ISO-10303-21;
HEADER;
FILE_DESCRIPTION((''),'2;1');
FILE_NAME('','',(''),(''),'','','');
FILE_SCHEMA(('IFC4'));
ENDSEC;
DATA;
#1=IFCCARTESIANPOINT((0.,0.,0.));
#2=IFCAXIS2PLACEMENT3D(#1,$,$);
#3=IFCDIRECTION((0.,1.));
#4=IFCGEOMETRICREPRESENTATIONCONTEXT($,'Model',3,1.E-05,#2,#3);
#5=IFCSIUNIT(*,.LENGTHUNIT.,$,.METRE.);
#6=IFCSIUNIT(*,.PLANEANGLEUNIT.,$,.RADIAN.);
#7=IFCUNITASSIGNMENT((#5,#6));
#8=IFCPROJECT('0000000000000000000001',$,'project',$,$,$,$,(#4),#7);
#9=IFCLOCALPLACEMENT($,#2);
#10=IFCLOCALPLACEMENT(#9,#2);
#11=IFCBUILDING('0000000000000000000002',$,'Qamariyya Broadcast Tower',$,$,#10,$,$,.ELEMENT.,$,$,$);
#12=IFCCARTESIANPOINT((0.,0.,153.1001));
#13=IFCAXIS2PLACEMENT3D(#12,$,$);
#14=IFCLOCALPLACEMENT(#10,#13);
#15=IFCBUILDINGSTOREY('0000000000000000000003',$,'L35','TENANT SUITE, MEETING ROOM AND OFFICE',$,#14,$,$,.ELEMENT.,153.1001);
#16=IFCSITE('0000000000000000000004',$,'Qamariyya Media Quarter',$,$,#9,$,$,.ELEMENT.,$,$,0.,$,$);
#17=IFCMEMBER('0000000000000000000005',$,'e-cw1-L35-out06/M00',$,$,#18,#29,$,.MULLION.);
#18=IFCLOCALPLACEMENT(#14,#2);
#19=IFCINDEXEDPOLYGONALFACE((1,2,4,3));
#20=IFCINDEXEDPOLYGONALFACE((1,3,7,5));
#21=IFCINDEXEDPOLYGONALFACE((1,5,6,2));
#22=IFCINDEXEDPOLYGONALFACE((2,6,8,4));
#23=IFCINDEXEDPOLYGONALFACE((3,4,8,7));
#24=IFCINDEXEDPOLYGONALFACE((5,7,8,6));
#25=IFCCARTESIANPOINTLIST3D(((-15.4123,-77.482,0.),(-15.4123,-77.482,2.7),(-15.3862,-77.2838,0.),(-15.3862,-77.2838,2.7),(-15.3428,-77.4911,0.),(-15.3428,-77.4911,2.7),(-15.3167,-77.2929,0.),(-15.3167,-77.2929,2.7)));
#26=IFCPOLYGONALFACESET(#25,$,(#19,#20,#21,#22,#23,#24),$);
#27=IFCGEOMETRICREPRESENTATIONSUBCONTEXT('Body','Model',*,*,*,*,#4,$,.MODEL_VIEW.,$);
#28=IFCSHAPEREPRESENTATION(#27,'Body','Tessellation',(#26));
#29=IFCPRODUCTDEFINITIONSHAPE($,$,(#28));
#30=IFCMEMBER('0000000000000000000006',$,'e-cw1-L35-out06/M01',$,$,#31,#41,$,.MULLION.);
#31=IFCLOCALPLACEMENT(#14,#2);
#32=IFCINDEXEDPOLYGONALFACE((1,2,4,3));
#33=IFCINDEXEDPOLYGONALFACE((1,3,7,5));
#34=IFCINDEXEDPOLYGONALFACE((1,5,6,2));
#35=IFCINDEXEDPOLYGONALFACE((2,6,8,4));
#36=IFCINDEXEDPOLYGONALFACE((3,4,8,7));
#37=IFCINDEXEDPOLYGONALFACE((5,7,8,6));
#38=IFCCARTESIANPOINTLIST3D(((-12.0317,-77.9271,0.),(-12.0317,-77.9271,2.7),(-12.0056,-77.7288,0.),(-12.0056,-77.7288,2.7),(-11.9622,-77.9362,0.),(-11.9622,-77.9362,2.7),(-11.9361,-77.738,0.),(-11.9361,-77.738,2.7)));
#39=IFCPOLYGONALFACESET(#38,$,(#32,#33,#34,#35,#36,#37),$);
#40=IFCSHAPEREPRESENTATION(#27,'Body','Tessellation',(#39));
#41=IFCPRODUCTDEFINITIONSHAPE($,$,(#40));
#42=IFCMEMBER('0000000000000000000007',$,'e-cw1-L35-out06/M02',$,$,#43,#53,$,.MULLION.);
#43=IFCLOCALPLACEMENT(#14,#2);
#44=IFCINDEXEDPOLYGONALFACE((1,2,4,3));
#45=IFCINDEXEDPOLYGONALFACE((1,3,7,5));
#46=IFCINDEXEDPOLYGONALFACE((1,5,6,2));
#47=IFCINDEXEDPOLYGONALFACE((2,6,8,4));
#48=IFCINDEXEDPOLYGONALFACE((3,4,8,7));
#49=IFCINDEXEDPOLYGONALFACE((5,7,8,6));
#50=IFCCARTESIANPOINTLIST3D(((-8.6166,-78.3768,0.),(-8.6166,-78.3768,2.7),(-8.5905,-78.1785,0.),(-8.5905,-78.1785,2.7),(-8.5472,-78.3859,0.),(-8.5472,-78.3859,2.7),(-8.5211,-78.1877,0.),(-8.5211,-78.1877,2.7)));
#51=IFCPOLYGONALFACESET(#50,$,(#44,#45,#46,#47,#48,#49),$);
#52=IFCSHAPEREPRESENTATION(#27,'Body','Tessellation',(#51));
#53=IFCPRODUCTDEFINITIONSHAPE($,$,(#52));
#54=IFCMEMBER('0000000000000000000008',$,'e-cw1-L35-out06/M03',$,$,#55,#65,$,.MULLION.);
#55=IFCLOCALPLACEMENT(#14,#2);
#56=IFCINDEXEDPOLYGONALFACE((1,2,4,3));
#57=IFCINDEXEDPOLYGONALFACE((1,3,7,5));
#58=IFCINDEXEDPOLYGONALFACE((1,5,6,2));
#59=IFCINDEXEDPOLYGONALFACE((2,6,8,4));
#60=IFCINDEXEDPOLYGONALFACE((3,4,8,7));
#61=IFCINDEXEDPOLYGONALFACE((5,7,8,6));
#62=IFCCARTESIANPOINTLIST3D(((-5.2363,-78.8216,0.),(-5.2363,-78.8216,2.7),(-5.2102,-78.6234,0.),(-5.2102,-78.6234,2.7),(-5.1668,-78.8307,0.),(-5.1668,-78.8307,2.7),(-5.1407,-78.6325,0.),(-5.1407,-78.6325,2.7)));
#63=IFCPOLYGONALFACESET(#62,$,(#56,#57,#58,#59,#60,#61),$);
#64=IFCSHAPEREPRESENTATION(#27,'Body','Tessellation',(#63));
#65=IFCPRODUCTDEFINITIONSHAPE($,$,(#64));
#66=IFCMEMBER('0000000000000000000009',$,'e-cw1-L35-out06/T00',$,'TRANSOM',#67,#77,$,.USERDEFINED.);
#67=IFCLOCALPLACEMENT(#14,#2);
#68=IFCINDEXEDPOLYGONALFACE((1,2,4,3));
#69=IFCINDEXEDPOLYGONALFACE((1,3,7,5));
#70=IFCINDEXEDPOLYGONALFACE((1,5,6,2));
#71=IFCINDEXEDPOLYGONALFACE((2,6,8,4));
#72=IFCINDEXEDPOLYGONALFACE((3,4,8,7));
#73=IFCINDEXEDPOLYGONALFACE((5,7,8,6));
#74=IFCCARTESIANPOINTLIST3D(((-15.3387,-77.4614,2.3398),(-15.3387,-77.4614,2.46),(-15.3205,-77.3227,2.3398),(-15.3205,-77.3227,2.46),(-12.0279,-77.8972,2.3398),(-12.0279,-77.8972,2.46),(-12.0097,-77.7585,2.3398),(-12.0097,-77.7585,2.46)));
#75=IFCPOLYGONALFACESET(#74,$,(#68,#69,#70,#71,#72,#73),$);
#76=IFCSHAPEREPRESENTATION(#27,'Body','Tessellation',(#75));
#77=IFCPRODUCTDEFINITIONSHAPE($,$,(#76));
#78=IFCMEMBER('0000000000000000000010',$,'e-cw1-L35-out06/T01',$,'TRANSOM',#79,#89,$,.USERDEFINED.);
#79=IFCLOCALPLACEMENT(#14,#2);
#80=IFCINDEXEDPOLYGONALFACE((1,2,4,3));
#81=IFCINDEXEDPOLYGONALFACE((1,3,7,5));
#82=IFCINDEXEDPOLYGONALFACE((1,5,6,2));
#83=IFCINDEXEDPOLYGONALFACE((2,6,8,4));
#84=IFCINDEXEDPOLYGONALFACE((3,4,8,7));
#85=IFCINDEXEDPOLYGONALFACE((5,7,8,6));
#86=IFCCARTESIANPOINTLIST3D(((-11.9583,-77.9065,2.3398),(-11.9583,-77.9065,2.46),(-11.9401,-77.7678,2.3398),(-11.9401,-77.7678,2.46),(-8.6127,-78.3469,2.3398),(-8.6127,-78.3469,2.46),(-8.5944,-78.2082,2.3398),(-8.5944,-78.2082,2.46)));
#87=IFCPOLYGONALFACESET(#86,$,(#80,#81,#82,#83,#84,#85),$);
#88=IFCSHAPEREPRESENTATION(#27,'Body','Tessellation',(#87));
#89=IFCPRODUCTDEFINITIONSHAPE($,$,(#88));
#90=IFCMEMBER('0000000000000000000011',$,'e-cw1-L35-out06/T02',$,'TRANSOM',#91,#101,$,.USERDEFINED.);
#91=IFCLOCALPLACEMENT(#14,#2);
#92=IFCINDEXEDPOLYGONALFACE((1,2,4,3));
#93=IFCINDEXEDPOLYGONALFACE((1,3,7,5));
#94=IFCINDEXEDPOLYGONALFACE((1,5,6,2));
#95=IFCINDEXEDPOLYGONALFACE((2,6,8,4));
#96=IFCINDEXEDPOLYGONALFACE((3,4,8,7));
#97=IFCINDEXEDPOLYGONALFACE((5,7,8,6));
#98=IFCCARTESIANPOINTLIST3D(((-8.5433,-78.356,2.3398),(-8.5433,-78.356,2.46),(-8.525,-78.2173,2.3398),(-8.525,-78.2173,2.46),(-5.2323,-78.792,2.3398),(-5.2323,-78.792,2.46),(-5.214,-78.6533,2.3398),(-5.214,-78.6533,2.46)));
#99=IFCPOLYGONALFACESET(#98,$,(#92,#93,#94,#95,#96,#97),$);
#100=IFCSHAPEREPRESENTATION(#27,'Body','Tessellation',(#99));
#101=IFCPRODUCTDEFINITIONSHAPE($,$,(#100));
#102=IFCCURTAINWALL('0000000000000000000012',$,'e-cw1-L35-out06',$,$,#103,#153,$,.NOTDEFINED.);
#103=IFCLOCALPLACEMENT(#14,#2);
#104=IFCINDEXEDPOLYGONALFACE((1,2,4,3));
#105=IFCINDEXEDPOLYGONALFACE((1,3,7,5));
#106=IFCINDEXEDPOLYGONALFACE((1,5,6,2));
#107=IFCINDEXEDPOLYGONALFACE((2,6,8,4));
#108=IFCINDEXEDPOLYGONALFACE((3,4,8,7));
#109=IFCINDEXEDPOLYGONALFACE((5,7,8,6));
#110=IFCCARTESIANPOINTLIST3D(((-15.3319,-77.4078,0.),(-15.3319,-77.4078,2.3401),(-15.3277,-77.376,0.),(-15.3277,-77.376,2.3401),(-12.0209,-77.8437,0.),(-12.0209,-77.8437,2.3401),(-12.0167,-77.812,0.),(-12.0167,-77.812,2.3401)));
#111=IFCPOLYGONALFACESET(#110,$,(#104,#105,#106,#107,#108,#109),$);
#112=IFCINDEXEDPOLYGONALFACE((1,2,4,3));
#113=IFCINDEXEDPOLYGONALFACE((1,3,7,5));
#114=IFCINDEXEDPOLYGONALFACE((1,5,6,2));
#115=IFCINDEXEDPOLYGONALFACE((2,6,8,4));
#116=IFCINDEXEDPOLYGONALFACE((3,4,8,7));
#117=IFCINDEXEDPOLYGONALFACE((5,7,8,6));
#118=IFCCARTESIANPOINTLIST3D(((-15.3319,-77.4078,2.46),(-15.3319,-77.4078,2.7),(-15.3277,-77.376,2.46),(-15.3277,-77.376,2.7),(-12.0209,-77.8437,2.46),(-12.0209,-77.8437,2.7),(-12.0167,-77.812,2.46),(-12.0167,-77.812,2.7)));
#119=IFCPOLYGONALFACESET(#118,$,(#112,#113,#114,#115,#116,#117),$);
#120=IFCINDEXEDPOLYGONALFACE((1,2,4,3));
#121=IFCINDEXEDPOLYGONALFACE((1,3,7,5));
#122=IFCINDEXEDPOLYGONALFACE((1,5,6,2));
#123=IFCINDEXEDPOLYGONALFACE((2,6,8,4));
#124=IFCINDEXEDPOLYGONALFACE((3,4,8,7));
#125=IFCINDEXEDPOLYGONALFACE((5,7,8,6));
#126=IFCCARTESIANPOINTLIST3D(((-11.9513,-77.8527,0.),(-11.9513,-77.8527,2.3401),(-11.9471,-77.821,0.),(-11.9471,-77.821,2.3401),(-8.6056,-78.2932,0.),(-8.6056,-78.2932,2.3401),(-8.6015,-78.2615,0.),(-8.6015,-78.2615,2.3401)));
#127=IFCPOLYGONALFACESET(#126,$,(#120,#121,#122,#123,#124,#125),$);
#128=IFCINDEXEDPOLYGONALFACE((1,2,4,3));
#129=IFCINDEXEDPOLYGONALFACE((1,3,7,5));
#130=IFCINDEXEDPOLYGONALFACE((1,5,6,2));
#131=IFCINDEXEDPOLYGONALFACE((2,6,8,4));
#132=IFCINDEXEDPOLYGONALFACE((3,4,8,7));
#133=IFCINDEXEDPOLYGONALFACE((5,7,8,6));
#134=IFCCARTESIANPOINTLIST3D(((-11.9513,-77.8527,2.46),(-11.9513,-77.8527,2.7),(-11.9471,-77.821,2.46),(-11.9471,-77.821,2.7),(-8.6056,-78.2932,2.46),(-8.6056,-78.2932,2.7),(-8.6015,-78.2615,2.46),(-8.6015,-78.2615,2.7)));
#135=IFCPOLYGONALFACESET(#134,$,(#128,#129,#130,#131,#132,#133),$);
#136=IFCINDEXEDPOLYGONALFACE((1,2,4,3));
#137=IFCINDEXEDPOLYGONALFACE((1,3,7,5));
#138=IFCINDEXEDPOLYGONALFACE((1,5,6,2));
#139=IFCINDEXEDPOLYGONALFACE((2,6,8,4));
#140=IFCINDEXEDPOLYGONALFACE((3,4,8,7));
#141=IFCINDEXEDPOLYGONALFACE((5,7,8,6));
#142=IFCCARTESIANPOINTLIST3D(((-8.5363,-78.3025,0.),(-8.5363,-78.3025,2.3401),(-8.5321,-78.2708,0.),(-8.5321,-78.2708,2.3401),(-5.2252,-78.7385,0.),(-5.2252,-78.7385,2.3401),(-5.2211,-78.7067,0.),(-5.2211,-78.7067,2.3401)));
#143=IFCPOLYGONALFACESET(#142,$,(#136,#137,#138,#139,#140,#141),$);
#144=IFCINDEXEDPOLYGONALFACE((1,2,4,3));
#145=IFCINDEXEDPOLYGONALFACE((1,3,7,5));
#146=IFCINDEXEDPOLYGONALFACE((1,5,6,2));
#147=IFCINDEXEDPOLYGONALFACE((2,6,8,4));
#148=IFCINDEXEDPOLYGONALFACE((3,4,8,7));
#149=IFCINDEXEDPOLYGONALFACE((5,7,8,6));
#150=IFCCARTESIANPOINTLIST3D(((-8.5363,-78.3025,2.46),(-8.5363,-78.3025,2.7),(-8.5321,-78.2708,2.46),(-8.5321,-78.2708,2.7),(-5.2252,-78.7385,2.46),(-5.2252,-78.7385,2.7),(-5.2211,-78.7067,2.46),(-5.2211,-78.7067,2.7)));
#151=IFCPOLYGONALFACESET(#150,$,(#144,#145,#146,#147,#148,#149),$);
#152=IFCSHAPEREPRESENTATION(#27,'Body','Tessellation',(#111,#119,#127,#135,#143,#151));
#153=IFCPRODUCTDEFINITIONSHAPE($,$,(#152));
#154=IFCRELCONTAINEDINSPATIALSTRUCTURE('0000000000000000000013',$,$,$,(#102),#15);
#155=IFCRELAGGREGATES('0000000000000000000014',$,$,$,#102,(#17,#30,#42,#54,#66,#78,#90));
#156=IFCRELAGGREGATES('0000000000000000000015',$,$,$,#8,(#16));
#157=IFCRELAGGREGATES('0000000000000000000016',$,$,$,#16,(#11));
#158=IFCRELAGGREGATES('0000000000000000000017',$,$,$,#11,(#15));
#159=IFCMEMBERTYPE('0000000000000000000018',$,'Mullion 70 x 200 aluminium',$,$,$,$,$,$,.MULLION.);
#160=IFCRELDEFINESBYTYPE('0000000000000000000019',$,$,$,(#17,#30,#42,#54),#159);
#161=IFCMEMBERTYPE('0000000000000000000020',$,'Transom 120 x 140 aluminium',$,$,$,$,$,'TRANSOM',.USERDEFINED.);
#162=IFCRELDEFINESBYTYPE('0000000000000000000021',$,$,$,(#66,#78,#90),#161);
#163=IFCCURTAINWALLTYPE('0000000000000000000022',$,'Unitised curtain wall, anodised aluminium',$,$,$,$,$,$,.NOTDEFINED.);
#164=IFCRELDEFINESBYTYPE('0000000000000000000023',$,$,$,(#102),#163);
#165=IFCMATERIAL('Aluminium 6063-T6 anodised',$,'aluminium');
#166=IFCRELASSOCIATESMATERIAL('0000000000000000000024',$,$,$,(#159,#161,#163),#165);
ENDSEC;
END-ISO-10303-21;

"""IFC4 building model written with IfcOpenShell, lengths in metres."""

from ifc_helpers import new_model, si_unit, direction, frame, origin, origin_2d, place, context, subcontext, project, spatial, rectangle, extrude, material, material_profile, profile_set, type_object, element, aggregate, save


model = new_model("IFC4")

# Units and contexts
model_context = context("Model", 3, precision=1e-05, world=origin(), true_north=direction((0.0, 1.0)))
body_context = subcontext(model_context, "Body", "Model", "MODEL_VIEW")
ifc_project = project(units=[si_unit("LENGTHUNIT", "METRE"), si_unit("PLANEANGLEUNIT", "RADIAN")], contexts=[model_context])

# Members
ifc_material = material(Name="Aluminium 6063-T6 anodised", Category="aluminium")
ifc_material_profile_1 = material_profile(ifc_material, rectangle(XDim=0.2, YDim=0.0701, at=origin_2d()))
ifc_profile_set_1 = profile_set([ifc_material_profile_1], Name="Aluminium 6063-T6 anodised")
member_type_1 = type_object("IfcMemberType", Name="Mullion 70 x 200 aluminium", PredefinedType="MULLION", material=ifc_profile_set_1)
site_placement = place(None, origin())
building_placement = place(site_placement, origin())
storey_placement = place(building_placement, frame((0.0, 0.0, 153.1001)))
member_1_placement = place(storey_placement, frame((-15.3645, -77.3875, 0.0), z_axis=(0.0, 0.0, 1.0), x_axis=(0.130526, 0.991445, 0.0)))
member_1 = element("IfcMember", 1, at=member_1_placement, type_object=member_type_1, Name="e-cw1-L35-out06/M00", PredefinedType="MULLION", context=body_context, shape_type="SweptSolid", body=[
    extrude(rectangle(XDim=0.2, YDim=0.0701, at=origin_2d()), origin(), (0.0, 0.0, 1.0), 2.7),
])
member_2_placement = place(storey_placement, frame((-11.9839, -77.8325, 0.0), z_axis=(0.0, 0.0, 1.0), x_axis=(0.130526, 0.991445, 0.0)))
member_2 = element("IfcMember", 2, at=member_2_placement, type_object=member_type_1, Name="e-cw1-L35-out06/M01", PredefinedType="MULLION", context=body_context, shape_type="SweptSolid", body=[
    extrude(rectangle(XDim=0.2, YDim=0.0701, at=origin_2d()), origin(), (0.0, 0.0, 1.0), 2.7),
])
member_3_placement = place(storey_placement, frame((-8.5688, -78.2822, 0.0), z_axis=(0.0, 0.0, 1.0), x_axis=(0.130526, 0.991445, 0.0)))
member_3 = element("IfcMember", 3, at=member_3_placement, type_object=member_type_1, Name="e-cw1-L35-out06/M02", PredefinedType="MULLION", context=body_context, shape_type="SweptSolid", body=[
    extrude(rectangle(XDim=0.2, YDim=0.0701, at=origin_2d()), origin(), (0.0, 0.0, 1.0), 2.7),
])
member_4_placement = place(storey_placement, frame((-5.1885, -78.7271, 0.0), z_axis=(0.0, 0.0, 1.0), x_axis=(0.130526, 0.991445, 0.0)))
member_4 = element("IfcMember", 4, at=member_4_placement, type_object=member_type_1, Name="e-cw1-L35-out06/M03", PredefinedType="MULLION", context=body_context, shape_type="SweptSolid", body=[
    extrude(rectangle(XDim=0.2, YDim=0.0701, at=origin_2d()), origin(), (0.0, 0.0, 1.0), 2.7),
])
ifc_material_profile_2 = material_profile(ifc_material, rectangle(XDim=0.1399, YDim=0.1201, at=origin_2d()))
ifc_profile_set_2 = profile_set([ifc_material_profile_2], Name="Aluminium 6063-T6 anodised")
member_type_2 = type_object("IfcMemberType", Name="Transom 120 x 140 aluminium", ElementType="TRANSOM", PredefinedType="USERDEFINED", material=ifc_profile_set_2)
member_5_placement = place(storey_placement, frame((-15.3296, -77.3921, 2.3999), z_axis=(0.991448, -0.130502, 0.0), x_axis=(0.130502, 0.991448, 0.0)))
member_5 = element("IfcMember", 5, at=member_5_placement, type_object=member_type_2, Name="e-cw1-L35-out06/T00", ObjectType="TRANSOM", PredefinedType="USERDEFINED", context=body_context, shape_type="SweptSolid", body=[
    extrude(rectangle(XDim=0.1399, YDim=0.1201, at=origin_2d()), origin(), (0.0, 0.0, 1.0), 3.3394),
])
member_6_placement = place(storey_placement, frame((-11.9492, -77.8372, 2.3999), z_axis=(0.991446, -0.130514, 0.0), x_axis=(0.130514, 0.991446, 0.0)))
member_6 = element("IfcMember", 6, at=member_6_placement, type_object=member_type_2, Name="e-cw1-L35-out06/T01", ObjectType="TRANSOM", PredefinedType="USERDEFINED", context=body_context, shape_type="SweptSolid", body=[
    extrude(rectangle(XDim=0.1399, YDim=0.1201, at=origin_2d()), origin(), (0.0, 0.0, 1.0), 3.3745),
])
member_7_placement = place(storey_placement, frame((-8.5342, -78.2866, 2.3999), z_axis=(0.99144, -0.130564, 0.0), x_axis=(0.130564, 0.99144, 0.0)))
member_7 = element("IfcMember", 7, at=member_7_placement, type_object=member_type_2, Name="e-cw1-L35-out06/T02", ObjectType="TRANSOM", PredefinedType="USERDEFINED", context=body_context, shape_type="SweptSolid", body=[
    extrude(rectangle(XDim=0.1399, YDim=0.1201, at=origin_2d()), origin(), (0.0, 0.0, 1.0), 3.3396),
])

# Site, building, storey
site = spatial("IfcSite", under=ifc_project, at=site_placement, Name="Qamariyya Media Quarter", CompositionType="ELEMENT", RefElevation=0.0)
building = spatial("IfcBuilding", under=site, at=building_placement, Name="Qamariyya Broadcast Tower", CompositionType="ELEMENT")
storey = spatial("IfcBuildingStorey", under=building, at=storey_placement, Name="L35", Description="TENANT SUITE, MEETING ROOM AND OFFICE", CompositionType="ELEMENT", Elevation=153.1001)

# Curtain wall
curtain_wall_type = type_object("IfcCurtainWallType", Name="Unitised curtain wall, anodised aluminium", PredefinedType="NOTDEFINED", material=ifc_material)
curtain_wall_1_placement = place(storey_placement, origin())
curtain_wall_1 = element("IfcCurtainWall", 8, at=curtain_wall_1_placement, inside=storey, type_object=curtain_wall_type, Name="e-cw1-L35-out06", PredefinedType="NOTDEFINED", context=body_context, shape_type="SweptSolid", body=[
    extrude(rectangle(XDim=3.3396, YDim=0.032, at=origin_2d()), frame((-13.6743, -77.6099, 0.0), x_axis=(0.991444, -0.130531, 0.0)), (0.0, 0.0, 1.0), 2.3401),
    extrude(rectangle(XDim=3.3396, YDim=0.032, at=origin_2d()), frame((-13.6743, -77.6099, 2.46), x_axis=(0.991444, -0.130531, 0.0)), (0.0, 0.0, 1.0), 0.24),
    extrude(rectangle(XDim=3.3745, YDim=0.032, at=origin_2d()), frame((-10.2764, -78.0571, 0.0), x_axis=(0.991444, -0.130531, 0.0)), (0.0, 0.0, 1.0), 2.3401),
    extrude(rectangle(XDim=3.3745, YDim=0.032, at=origin_2d()), frame((-10.2764, -78.0571, 2.46), x_axis=(0.991444, -0.130531, 0.0)), (0.0, 0.0, 1.0), 0.24),
    extrude(rectangle(XDim=3.3396, YDim=0.032, at=origin_2d()), frame((-6.8787, -78.5046, 0.0), x_axis=(0.991444, -0.130531, 0.0)), (0.0, 0.0, 1.0), 2.3401),
    extrude(rectangle(XDim=3.3396, YDim=0.032, at=origin_2d()), frame((-6.8787, -78.5046, 2.46), x_axis=(0.991444, -0.130531, 0.0)), (0.0, 0.0, 1.0), 0.24),
])
aggregate(curtain_wall_1, [member_1, member_2, member_3, member_4, member_5, member_6, member_7])

save(model, "model.ifc")
